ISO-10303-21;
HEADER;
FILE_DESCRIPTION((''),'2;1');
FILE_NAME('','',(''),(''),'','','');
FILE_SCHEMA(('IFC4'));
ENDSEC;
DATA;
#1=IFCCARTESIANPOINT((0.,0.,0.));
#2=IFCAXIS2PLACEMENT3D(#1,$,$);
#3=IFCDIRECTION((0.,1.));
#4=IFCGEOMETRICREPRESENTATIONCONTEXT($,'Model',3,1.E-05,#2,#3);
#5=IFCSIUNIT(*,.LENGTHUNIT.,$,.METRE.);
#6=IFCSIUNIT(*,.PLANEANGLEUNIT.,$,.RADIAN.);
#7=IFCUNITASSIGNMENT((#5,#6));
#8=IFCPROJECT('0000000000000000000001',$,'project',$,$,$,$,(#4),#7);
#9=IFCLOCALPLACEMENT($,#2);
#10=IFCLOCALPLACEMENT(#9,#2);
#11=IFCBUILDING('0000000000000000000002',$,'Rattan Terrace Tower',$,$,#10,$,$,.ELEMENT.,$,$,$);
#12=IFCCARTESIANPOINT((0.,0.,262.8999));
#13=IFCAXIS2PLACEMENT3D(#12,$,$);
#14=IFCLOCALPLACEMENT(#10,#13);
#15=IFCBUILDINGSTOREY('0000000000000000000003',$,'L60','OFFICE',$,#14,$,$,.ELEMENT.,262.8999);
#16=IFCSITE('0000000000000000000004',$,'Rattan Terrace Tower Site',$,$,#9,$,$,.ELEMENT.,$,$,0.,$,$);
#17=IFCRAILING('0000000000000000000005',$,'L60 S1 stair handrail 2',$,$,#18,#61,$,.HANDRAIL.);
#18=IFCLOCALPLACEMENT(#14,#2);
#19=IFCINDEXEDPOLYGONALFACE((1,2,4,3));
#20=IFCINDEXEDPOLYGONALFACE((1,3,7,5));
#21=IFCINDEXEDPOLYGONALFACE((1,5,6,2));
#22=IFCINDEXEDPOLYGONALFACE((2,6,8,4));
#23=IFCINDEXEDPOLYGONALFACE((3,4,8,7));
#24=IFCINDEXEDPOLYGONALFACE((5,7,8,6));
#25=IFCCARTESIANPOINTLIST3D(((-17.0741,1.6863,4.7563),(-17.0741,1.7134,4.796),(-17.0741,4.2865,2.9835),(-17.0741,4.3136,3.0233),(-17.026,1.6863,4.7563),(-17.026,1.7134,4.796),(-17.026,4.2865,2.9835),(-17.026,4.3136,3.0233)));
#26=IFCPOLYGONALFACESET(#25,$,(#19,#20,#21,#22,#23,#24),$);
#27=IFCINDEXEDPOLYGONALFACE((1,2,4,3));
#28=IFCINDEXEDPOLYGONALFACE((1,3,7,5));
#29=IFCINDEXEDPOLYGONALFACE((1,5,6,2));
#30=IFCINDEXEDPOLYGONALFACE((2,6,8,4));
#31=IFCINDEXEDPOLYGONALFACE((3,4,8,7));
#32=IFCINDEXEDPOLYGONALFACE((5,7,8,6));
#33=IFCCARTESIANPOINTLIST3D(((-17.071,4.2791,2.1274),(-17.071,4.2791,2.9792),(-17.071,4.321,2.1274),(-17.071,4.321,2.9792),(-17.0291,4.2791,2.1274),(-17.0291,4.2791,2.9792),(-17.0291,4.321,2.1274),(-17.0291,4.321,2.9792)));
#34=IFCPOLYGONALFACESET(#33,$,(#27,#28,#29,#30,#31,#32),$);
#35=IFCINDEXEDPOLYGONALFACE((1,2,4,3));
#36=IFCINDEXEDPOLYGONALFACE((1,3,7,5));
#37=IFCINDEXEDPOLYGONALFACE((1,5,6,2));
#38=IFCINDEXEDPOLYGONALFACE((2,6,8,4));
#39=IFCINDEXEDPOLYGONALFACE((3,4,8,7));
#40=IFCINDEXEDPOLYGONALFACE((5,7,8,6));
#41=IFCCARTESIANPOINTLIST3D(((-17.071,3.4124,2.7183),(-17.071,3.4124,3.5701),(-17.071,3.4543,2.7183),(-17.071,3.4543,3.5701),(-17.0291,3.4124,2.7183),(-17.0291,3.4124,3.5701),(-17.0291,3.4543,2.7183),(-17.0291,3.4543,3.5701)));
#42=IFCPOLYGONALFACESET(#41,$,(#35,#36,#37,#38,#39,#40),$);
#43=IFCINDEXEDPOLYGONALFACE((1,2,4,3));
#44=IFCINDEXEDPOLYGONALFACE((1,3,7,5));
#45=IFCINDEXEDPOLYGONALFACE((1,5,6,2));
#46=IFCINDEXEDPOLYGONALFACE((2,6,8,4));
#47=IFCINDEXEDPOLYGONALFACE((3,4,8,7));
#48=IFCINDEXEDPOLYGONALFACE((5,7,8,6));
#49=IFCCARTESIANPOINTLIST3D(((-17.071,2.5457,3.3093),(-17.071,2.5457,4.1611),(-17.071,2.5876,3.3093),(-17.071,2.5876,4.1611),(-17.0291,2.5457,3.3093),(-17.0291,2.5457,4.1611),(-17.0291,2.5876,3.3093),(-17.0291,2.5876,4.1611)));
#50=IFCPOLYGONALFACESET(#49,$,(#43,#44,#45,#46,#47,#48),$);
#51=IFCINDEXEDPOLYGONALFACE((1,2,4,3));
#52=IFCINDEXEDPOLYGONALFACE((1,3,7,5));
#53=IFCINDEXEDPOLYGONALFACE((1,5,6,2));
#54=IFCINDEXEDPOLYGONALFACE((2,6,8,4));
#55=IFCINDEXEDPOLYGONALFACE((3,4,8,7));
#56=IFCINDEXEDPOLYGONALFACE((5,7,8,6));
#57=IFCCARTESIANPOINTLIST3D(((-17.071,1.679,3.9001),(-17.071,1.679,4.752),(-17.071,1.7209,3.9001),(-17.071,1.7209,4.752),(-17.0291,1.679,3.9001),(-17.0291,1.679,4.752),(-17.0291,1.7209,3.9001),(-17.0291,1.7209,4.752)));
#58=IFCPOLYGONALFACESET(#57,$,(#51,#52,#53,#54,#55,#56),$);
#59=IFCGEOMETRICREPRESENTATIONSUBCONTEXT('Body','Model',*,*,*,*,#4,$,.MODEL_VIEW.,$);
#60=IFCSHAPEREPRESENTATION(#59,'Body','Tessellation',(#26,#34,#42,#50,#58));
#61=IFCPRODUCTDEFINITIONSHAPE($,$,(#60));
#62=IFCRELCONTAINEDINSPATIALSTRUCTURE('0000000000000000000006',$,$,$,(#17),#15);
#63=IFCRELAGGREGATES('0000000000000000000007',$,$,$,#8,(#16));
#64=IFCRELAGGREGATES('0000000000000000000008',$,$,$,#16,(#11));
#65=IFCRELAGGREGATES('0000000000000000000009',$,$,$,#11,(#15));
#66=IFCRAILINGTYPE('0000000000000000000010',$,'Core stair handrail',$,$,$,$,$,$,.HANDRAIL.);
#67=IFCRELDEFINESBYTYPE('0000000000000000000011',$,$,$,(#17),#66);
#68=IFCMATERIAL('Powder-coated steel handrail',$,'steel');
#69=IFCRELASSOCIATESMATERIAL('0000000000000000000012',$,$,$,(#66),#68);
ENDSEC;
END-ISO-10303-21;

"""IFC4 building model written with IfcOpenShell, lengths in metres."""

from ifc_helpers import new_model, si_unit, direction, frame, origin, origin_2d, place, context, subcontext, project, spatial, rectangle, extrude, material, type_object, element, save


model = new_model("IFC4")

# Units and contexts
model_context = context("Model", 3, precision=1e-05, world=origin(), true_north=direction((0.0, 1.0)))
body_context = subcontext(model_context, "Body", "Model", "MODEL_VIEW")
ifc_project = project(units=[si_unit("LENGTHUNIT", "METRE"), si_unit("PLANEANGLEUNIT", "RADIAN")], contexts=[model_context])

# Site, building, storey
site_placement = place(None, origin())
site = spatial("IfcSite", under=ifc_project, at=site_placement, Name="Rattan Terrace Tower Site", CompositionType="ELEMENT", RefElevation=0.0)
building_placement = place(site_placement, origin())
building = spatial("IfcBuilding", under=site, at=building_placement, Name="Rattan Terrace Tower", CompositionType="ELEMENT")
storey_placement = place(building_placement, frame((0.0, 0.0, 262.8999)))
storey = spatial("IfcBuildingStorey", under=building, at=storey_placement, Name="L60", Description="OFFICE", CompositionType="ELEMENT", Elevation=262.8999)

# Railing
ifc_material_1 = material(Name="Powder-coated steel handrail", Category="steel")
railing_type_1 = type_object("IfcRailingType", Name="Core stair handrail", PredefinedType="HANDRAIL", material=ifc_material_1)
railing_1_placement = place(storey_placement, frame((-17.05, 4.3, 2.1274)))
element("IfcRailing", 1, at=railing_1_placement, inside=storey, type_object=railing_type_1, Name="L60 S1 stair handrail 2", PredefinedType="HANDRAIL", context=body_context, shape_type="SweptSolid", body=[
    extrude(rectangle(XDim=0.0481, YDim=0.0481, at=origin_2d()), frame((0.0, 0.0, 0.876), z_axis=(0.0, -0.82624, 0.563318), x_axis=(1.0, 0.0, 0.0)), (0.0, 0.0, 1.0), 3.147),
    extrude(rectangle(XDim=0.042, YDim=0.042, at=origin_2d()), origin(), (0.0, 0.0, 1.0), 0.8518),
    extrude(rectangle(XDim=0.042, YDim=0.042, at=origin_2d()), frame((0.0, -0.8667, 0.5908)), (0.0, 0.0, 1.0), 0.8518),
    extrude(rectangle(XDim=0.042, YDim=0.042, at=origin_2d()), frame((0.0, -1.7334, 1.1819)), (0.0, 0.0, 1.0), 0.8518),
    extrude(rectangle(XDim=0.042, YDim=0.042, at=origin_2d()), frame((0.0, -2.6001, 1.7727)), (0.0, 0.0, 1.0), 0.8518),
])

save(model, "model.ifc")
